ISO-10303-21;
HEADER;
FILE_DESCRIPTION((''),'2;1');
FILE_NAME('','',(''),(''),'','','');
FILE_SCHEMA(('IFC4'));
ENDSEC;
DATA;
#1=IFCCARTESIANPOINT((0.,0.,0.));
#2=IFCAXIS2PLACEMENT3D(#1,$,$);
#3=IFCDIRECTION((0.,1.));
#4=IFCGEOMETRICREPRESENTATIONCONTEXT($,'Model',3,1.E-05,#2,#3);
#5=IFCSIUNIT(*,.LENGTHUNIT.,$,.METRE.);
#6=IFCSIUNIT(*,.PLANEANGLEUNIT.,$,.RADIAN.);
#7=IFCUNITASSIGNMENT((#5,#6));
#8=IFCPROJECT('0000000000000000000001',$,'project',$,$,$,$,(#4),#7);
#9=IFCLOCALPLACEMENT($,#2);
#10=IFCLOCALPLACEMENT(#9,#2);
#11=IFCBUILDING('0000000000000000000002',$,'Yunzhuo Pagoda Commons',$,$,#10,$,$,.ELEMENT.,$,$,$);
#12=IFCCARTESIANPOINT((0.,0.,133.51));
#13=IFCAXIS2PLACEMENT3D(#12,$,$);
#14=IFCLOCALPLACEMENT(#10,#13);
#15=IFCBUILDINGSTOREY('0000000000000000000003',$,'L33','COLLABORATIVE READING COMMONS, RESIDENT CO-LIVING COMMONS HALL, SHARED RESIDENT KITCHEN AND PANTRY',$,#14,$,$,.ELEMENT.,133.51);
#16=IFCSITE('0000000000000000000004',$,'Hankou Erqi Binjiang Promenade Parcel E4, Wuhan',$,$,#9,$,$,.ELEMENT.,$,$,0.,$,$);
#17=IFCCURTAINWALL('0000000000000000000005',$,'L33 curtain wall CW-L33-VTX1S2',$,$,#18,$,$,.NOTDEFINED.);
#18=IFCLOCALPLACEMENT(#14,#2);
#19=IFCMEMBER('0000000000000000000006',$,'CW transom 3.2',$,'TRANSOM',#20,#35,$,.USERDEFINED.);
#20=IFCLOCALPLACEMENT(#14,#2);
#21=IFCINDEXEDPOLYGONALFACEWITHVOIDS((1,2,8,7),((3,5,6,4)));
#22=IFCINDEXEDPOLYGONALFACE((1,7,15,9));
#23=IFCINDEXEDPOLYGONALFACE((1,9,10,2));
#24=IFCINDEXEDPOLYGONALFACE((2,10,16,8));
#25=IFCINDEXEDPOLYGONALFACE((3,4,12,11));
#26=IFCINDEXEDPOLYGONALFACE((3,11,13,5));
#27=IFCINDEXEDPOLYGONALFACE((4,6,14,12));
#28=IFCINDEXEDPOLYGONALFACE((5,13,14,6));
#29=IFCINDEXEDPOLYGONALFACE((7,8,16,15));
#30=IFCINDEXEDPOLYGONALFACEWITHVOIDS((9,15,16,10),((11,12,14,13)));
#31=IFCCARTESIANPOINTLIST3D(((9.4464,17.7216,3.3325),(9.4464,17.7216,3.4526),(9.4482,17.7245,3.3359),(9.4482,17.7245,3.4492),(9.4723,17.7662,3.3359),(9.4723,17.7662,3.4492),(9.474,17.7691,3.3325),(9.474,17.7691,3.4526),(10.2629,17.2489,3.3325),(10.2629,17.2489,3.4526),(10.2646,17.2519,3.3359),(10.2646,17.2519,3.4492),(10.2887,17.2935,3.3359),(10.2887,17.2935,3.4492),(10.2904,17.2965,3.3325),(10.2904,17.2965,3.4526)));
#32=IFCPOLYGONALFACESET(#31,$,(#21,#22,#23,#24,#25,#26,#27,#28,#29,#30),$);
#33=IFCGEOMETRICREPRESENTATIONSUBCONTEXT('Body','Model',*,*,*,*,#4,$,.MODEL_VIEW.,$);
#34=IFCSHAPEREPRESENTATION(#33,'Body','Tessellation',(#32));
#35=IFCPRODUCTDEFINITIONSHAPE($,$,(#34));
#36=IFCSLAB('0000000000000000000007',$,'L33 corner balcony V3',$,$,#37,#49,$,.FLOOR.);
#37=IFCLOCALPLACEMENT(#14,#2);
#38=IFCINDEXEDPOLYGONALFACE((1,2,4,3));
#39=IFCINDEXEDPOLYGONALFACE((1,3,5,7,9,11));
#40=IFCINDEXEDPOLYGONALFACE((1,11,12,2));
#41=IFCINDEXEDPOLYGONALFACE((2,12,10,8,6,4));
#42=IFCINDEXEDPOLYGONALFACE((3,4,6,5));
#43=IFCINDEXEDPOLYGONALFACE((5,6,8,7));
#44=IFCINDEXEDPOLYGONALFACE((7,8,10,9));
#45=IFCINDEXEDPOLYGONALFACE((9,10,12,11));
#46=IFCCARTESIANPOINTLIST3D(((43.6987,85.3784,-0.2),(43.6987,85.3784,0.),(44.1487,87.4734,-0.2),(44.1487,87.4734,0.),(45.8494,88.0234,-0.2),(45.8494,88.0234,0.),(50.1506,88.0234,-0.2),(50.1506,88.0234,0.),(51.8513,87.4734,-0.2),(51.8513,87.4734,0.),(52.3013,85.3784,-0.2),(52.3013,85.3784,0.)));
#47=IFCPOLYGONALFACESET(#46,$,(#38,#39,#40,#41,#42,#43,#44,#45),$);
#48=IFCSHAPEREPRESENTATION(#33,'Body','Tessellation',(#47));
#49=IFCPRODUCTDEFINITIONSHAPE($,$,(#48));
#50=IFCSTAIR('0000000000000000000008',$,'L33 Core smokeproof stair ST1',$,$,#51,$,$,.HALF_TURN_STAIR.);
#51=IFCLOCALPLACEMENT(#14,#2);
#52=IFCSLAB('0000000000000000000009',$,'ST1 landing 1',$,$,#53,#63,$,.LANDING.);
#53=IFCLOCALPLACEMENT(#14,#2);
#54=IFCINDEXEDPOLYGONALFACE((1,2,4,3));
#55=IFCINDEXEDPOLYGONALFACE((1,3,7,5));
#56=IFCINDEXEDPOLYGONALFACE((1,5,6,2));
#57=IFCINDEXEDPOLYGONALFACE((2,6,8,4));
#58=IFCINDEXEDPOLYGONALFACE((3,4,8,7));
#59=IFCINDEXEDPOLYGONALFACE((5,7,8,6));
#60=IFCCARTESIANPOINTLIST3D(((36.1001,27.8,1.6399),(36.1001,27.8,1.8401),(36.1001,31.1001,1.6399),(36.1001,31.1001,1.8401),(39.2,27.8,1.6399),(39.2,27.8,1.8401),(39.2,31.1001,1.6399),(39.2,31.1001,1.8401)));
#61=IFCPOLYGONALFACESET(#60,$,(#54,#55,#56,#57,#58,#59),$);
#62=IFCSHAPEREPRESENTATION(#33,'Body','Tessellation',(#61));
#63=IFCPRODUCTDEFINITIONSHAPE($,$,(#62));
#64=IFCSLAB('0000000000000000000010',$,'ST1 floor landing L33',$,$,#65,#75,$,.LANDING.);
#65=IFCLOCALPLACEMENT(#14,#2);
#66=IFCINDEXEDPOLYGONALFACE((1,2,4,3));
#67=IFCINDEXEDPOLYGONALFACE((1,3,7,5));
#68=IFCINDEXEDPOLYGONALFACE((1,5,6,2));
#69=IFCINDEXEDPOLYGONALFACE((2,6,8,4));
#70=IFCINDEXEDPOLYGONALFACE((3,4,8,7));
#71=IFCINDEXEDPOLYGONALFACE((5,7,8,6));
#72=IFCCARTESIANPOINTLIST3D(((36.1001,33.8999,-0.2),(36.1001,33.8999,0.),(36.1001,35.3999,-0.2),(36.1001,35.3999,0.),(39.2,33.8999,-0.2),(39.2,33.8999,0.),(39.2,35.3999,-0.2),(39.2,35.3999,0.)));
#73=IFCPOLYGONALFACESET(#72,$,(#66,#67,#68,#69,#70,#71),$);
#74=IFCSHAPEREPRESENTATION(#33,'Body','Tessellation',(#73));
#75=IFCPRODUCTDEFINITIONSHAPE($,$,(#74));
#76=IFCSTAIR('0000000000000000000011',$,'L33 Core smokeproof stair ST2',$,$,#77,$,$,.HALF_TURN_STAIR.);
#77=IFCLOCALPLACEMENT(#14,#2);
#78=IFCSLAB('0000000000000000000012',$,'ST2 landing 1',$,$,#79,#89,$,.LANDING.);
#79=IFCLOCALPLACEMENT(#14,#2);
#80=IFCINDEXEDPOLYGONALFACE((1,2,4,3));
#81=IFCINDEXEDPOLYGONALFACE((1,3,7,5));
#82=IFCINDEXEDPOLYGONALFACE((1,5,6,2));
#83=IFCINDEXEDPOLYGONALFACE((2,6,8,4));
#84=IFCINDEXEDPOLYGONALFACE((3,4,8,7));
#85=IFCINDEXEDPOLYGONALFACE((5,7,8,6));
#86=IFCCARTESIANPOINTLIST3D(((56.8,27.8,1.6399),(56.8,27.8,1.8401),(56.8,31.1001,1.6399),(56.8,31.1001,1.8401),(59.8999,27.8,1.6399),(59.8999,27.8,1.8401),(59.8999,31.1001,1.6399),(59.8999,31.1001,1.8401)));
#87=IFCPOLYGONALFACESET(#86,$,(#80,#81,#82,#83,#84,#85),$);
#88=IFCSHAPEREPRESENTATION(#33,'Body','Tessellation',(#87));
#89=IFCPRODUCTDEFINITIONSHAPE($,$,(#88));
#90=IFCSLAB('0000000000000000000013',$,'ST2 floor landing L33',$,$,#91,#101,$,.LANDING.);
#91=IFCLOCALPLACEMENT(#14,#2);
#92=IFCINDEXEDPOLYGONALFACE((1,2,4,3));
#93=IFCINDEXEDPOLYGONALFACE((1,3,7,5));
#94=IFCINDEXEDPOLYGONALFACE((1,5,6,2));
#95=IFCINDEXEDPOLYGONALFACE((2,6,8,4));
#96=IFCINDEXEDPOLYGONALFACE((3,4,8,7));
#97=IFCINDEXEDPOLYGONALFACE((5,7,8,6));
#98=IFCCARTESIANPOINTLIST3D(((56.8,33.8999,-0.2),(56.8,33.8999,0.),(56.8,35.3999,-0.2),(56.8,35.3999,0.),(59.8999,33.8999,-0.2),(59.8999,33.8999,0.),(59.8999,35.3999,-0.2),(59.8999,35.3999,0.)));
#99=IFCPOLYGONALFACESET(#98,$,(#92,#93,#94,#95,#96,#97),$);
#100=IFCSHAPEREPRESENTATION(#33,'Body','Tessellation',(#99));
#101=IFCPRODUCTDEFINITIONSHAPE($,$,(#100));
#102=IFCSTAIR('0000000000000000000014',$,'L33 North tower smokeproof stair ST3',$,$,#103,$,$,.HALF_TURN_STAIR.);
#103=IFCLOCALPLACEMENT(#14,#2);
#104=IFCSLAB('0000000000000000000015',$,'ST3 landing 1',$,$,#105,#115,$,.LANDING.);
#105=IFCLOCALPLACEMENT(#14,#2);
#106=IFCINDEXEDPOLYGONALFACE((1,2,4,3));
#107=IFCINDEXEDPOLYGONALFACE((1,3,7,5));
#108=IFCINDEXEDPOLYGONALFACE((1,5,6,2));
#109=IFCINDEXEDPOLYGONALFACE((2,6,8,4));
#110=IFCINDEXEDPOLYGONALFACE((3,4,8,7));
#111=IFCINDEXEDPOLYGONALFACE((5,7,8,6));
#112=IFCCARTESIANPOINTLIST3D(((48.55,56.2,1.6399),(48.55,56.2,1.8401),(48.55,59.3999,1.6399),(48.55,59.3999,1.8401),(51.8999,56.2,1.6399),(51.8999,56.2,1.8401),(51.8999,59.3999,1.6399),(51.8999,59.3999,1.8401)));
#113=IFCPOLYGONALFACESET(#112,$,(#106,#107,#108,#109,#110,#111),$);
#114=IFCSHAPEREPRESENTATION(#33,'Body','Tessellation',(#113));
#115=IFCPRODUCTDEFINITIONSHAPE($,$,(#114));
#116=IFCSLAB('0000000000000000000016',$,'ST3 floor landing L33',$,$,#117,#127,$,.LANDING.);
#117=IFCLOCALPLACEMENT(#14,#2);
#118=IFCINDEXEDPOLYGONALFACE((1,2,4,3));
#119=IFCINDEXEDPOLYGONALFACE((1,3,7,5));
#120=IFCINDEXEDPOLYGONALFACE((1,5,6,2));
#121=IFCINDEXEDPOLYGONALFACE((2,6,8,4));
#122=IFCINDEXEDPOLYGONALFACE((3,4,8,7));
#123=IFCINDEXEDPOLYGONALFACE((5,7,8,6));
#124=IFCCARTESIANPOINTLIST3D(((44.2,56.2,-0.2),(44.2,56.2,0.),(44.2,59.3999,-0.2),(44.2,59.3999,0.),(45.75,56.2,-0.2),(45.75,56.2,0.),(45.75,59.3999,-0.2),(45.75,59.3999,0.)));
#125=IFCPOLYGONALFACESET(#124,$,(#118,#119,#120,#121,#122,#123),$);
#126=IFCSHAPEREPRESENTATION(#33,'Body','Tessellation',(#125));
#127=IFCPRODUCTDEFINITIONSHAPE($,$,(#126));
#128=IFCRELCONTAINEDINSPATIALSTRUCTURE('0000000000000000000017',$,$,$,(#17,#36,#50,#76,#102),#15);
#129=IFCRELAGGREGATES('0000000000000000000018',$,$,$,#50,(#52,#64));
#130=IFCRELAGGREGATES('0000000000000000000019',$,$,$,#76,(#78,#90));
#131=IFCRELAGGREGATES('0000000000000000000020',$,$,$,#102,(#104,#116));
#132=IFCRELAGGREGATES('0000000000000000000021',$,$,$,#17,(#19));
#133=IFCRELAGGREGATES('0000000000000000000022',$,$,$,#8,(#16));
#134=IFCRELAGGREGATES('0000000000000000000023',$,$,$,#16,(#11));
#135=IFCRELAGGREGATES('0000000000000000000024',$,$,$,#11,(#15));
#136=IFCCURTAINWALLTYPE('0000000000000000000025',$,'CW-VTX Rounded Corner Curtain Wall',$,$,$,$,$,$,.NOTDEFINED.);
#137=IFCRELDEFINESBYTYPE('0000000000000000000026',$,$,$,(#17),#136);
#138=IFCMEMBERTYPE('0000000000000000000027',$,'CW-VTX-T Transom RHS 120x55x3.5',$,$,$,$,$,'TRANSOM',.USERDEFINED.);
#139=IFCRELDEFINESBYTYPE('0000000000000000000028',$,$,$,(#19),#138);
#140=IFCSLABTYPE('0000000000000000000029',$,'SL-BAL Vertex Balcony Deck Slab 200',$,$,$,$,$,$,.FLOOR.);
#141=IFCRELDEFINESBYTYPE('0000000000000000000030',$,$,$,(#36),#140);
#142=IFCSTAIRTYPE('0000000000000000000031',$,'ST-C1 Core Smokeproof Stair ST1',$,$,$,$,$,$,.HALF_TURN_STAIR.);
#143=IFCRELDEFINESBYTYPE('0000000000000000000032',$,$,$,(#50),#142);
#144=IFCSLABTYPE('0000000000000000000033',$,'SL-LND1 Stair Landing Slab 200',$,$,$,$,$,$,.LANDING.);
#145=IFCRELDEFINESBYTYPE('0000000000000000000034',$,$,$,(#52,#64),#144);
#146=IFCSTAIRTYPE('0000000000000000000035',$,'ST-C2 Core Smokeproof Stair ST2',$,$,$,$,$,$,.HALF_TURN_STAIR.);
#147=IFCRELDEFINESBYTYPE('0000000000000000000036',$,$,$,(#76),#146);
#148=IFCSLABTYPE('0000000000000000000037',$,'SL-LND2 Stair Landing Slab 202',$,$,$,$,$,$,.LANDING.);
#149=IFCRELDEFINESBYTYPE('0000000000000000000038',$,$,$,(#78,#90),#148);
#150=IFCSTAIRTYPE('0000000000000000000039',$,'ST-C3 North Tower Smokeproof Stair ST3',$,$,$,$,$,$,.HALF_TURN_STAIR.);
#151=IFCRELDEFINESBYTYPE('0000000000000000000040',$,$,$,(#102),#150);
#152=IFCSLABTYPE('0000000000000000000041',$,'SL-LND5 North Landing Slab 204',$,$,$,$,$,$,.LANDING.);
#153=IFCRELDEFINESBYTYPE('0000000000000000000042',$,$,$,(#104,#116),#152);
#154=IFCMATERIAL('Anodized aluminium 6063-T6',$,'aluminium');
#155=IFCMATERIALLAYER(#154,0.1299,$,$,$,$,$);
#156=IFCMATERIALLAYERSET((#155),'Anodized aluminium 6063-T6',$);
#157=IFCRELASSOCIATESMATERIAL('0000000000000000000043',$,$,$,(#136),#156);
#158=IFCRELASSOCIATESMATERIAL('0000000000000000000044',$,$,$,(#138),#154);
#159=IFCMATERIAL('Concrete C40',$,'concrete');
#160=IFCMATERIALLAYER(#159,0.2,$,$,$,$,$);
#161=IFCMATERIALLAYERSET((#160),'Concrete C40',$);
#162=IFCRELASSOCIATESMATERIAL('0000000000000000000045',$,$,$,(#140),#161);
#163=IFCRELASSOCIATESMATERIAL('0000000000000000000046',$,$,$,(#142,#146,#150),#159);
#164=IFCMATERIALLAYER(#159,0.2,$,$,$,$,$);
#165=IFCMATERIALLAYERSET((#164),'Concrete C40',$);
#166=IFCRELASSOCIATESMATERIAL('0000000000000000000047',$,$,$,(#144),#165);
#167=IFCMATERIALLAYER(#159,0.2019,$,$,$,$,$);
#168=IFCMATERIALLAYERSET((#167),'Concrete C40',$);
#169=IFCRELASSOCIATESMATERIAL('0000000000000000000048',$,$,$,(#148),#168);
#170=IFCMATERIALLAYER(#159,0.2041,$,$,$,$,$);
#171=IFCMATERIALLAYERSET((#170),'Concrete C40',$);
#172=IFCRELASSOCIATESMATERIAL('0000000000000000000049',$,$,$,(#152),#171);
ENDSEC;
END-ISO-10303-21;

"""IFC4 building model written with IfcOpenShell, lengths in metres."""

from ifc_helpers import new_model, si_unit, direction, frame, origin, origin_2d, place, context, subcontext, project, spatial, polyline, hollow_rectangle, outline, extrude, source, transform, mapped, material, layer, layer_set, material_profile, profile_set, type_object, element, aggregate, save


model = new_model("IFC4")

# Units and contexts
model_context = context("Model", 3, precision=1e-05, world=origin(), true_north=direction((0.0, 1.0)))
body_context = subcontext(model_context, "Body", "Model", "MODEL_VIEW")
ifc_project = project(units=[si_unit("LENGTHUNIT", "METRE"), si_unit("PLANEANGLEUNIT", "RADIAN")], contexts=[model_context])

# Site, building, storey
site_placement = place(None, origin())
site = spatial("IfcSite", under=ifc_project, at=site_placement, Name="Hankou Erqi Binjiang Promenade Parcel E4, Wuhan", CompositionType="ELEMENT", RefElevation=0.0)
building_placement = place(site_placement, origin())
building = spatial("IfcBuilding", under=site, at=building_placement, Name="Yunzhuo Pagoda Commons", CompositionType="ELEMENT")
storey_placement = place(building_placement, frame((0.0, 0.0, 133.51)))
storey = spatial("IfcBuildingStorey", under=building, at=storey_placement, Name="L33", Description="COLLABORATIVE READING COMMONS, RESIDENT CO-LIVING COMMONS HALL, SHARED RESIDENT KITCHEN AND PANTRY", CompositionType="ELEMENT", Elevation=133.51)

# Curtain wall, member
ifc_material_1 = material(Name="Anodized aluminium 6063-T6", Category="aluminium")
ifc_layer_1 = layer(ifc_material_1, 0.1299)
ifc_layer_set_1 = layer_set([ifc_layer_1], Name="Anodized aluminium 6063-T6")
curtain_wall_type = type_object("IfcCurtainWallType", Name="CW-VTX Rounded Corner Curtain Wall", PredefinedType="NOTDEFINED", material=ifc_layer_set_1)
curtain_wall_1_placement = place(storey_placement, origin())
curtain_wall_1 = element("IfcCurtainWall", 1, at=curtain_wall_1_placement, inside=storey, type_object=curtain_wall_type, Name="L33 curtain wall CW-L33-VTX1S2", PredefinedType="NOTDEFINED")
ifc_material_profile_1 = material_profile(ifc_material_1, hollow_rectangle(XDim=0.0549, YDim=0.1201, WallThickness=0.0034, at=origin_2d()), Name="Anodized aluminium 6063-T6")
ifc_profile_set_1 = profile_set([ifc_material_profile_1], Name="Anodized aluminium 6063-T6")
member_type_1 = type_object("IfcMemberType", Name="CW-VTX-T Transom RHS 120x55x3.5", ElementType="TRANSOM", PredefinedType="USERDEFINED", material=ifc_profile_set_1)
shared_shape_1 = source(origin(), body_context, "Body", "SweptSolid", [
    extrude(hollow_rectangle(XDim=0.0549, YDim=0.1201, WallThickness=0.0034, at=origin_2d()), origin(), (0.0, 0.0, 1.0), 0.9434),
])
member_1_placement = place(storey_placement, frame((9.4602, 17.7454, 3.3926), z_axis=(0.865426, -0.501036, 0.0), x_axis=(0.501036, 0.865426, 0.0)))
member_1 = element("IfcMember", 2, at=member_1_placement, type_object=member_type_1, Name="CW transom 3.2", ObjectType="TRANSOM", PredefinedType="USERDEFINED", context=body_context, shape_type="MappedRepresentation", body=[
    mapped(shared_shape_1, transform((0.0, 0.0, 0.0), scale=1.0)),
])

# Slab
ifc_material_2 = material(Name="Concrete C40", Category="concrete")
ifc_layer_2 = layer(ifc_material_2, 0.2)
ifc_layer_set_2 = layer_set([ifc_layer_2], Name="Concrete C40")
slab_type_1 = type_object("IfcSlabType", Name="SL-BAL Vertex Balcony Deck Slab 200", PredefinedType="FLOOR", material=ifc_layer_set_2)
slab_1_placement = place(storey_placement, frame((0.0, 0.0, -0.2)))
element("IfcSlab", 3, at=slab_1_placement, inside=storey, type_object=slab_type_1, Name="L33 corner balcony V3", PredefinedType="FLOOR", context=body_context, shape_type="SweptSolid", body=[
    extrude(outline(polyline([(52.3013, 85.3784), (43.6987, 85.3784), (44.1487, 87.4734), (45.8494, 88.0234), (50.1506, 88.0234), (51.8513, 87.4734), (52.3013, 85.3784)])), origin(), (0.0, 0.0, 1.0), 0.2),
])

# Stairs, slabs
stair_type_1 = type_object("IfcStairType", Name="ST-C1 Core Smokeproof Stair ST1", PredefinedType="HALF_TURN_STAIR", material=ifc_material_2)
stair_1_placement = place(storey_placement, origin())
stair_1 = element("IfcStair", 4, at=stair_1_placement, inside=storey, type_object=stair_type_1, Name="L33 Core smokeproof stair ST1", PredefinedType="HALF_TURN_STAIR")
ifc_layer_3 = layer(ifc_material_2, 0.2)
ifc_layer_set_3 = layer_set([ifc_layer_3], Name="Concrete C40")
slab_type_2 = type_object("IfcSlabType", Name="SL-LND1 Stair Landing Slab 200", PredefinedType="LANDING", material=ifc_layer_set_3)
slab_2_placement = place(storey_placement, frame((0.0, 0.0, 1.6399)))
slab_2 = element("IfcSlab", 5, at=slab_2_placement, type_object=slab_type_2, Name="ST1 landing 1", PredefinedType="LANDING", context=body_context, shape_type="SweptSolid", body=[
    extrude(outline(polyline([(36.1001, 31.1001), (36.1001, 27.8), (39.2, 27.8), (39.2, 31.1001), (36.1001, 31.1001)])), origin(), (0.0, 0.0, 1.0), 0.2002),
])
slab_3_placement = place(storey_placement, frame((0.0, 0.0, -0.2)))
slab_3 = element("IfcSlab", 6, at=slab_3_placement, type_object=slab_type_2, Name="ST1 floor landing L33", PredefinedType="LANDING", context=body_context, shape_type="SweptSolid", body=[
    extrude(outline(polyline([(36.1001, 35.3999), (36.1001, 33.8999), (39.2, 33.8999), (39.2, 35.3999), (36.1001, 35.3999)])), origin(), (0.0, 0.0, 1.0), 0.2),
])
aggregate(stair_1, [slab_2, slab_3])
stair_type_2 = type_object("IfcStairType", Name="ST-C2 Core Smokeproof Stair ST2", PredefinedType="HALF_TURN_STAIR", material=ifc_material_2)
stair_2_placement = place(storey_placement, origin())
stair_2 = element("IfcStair", 7, at=stair_2_placement, inside=storey, type_object=stair_type_2, Name="L33 Core smokeproof stair ST2", PredefinedType="HALF_TURN_STAIR")
ifc_layer_4 = layer(ifc_material_2, 0.2019)
ifc_layer_set_4 = layer_set([ifc_layer_4], Name="Concrete C40")
slab_type_3 = type_object("IfcSlabType", Name="SL-LND2 Stair Landing Slab 202", PredefinedType="LANDING", material=ifc_layer_set_4)
slab_4_placement = place(storey_placement, frame((0.0, 0.0, 1.6399)))
slab_4 = element("IfcSlab", 8, at=slab_4_placement, type_object=slab_type_3, Name="ST2 landing 1", PredefinedType="LANDING", context=body_context, shape_type="SweptSolid", body=[
    extrude(outline(polyline([(56.8, 31.1001), (56.8, 27.8), (59.8999, 27.8), (59.8999, 31.1001), (56.8, 31.1001)])), origin(), (0.0, 0.0, 1.0), 0.2002),
])
slab_5_placement = place(storey_placement, frame((0.0, 0.0, -0.2)))
slab_5 = element("IfcSlab", 9, at=slab_5_placement, type_object=slab_type_3, Name="ST2 floor landing L33", PredefinedType="LANDING", context=body_context, shape_type="SweptSolid", body=[
    extrude(outline(polyline([(56.8, 35.3999), (56.8, 33.8999), (59.8999, 33.8999), (59.8999, 35.3999), (56.8, 35.3999)])), origin(), (0.0, 0.0, 1.0), 0.2),
])
aggregate(stair_2, [slab_4, slab_5])
stair_type_3 = type_object("IfcStairType", Name="ST-C3 North Tower Smokeproof Stair ST3", PredefinedType="HALF_TURN_STAIR", material=ifc_material_2)
stair_3_placement = place(storey_placement, origin())
stair_3 = element("IfcStair", 10, at=stair_3_placement, inside=storey, type_object=stair_type_3, Name="L33 North tower smokeproof stair ST3", PredefinedType="HALF_TURN_STAIR")
ifc_layer_5 = layer(ifc_material_2, 0.2041)
ifc_layer_set_5 = layer_set([ifc_layer_5], Name="Concrete C40")
slab_type_4 = type_object("IfcSlabType", Name="SL-LND5 North Landing Slab 204", PredefinedType="LANDING", material=ifc_layer_set_5)
slab_6_placement = place(storey_placement, frame((0.0, 0.0, 1.6399)))
slab_6 = element("IfcSlab", 11, at=slab_6_placement, type_object=slab_type_4, Name="ST3 landing 1", PredefinedType="LANDING", context=body_context, shape_type="SweptSolid", body=[
    extrude(outline(polyline([(48.55, 56.2), (51.8999, 56.2), (51.8999, 59.3999), (48.55, 59.3999), (48.55, 56.2)])), origin(), (0.0, 0.0, 1.0), 0.2002),
])
slab_7_placement = place(storey_placement, frame((0.0, 0.0, -0.2)))
slab_7 = element("IfcSlab", 12, at=slab_7_placement, type_object=slab_type_4, Name="ST3 floor landing L33", PredefinedType="LANDING", context=body_context, shape_type="SweptSolid", body=[
    extrude(outline(polyline([(44.2, 56.2), (45.75, 56.2), (45.75, 59.3999), (44.2, 59.3999), (44.2, 56.2)])), origin(), (0.0, 0.0, 1.0), 0.2),
])
aggregate(stair_3, [slab_6, slab_7])

aggregate(curtain_wall_1, [member_1])

save(model, "model.ifc")
